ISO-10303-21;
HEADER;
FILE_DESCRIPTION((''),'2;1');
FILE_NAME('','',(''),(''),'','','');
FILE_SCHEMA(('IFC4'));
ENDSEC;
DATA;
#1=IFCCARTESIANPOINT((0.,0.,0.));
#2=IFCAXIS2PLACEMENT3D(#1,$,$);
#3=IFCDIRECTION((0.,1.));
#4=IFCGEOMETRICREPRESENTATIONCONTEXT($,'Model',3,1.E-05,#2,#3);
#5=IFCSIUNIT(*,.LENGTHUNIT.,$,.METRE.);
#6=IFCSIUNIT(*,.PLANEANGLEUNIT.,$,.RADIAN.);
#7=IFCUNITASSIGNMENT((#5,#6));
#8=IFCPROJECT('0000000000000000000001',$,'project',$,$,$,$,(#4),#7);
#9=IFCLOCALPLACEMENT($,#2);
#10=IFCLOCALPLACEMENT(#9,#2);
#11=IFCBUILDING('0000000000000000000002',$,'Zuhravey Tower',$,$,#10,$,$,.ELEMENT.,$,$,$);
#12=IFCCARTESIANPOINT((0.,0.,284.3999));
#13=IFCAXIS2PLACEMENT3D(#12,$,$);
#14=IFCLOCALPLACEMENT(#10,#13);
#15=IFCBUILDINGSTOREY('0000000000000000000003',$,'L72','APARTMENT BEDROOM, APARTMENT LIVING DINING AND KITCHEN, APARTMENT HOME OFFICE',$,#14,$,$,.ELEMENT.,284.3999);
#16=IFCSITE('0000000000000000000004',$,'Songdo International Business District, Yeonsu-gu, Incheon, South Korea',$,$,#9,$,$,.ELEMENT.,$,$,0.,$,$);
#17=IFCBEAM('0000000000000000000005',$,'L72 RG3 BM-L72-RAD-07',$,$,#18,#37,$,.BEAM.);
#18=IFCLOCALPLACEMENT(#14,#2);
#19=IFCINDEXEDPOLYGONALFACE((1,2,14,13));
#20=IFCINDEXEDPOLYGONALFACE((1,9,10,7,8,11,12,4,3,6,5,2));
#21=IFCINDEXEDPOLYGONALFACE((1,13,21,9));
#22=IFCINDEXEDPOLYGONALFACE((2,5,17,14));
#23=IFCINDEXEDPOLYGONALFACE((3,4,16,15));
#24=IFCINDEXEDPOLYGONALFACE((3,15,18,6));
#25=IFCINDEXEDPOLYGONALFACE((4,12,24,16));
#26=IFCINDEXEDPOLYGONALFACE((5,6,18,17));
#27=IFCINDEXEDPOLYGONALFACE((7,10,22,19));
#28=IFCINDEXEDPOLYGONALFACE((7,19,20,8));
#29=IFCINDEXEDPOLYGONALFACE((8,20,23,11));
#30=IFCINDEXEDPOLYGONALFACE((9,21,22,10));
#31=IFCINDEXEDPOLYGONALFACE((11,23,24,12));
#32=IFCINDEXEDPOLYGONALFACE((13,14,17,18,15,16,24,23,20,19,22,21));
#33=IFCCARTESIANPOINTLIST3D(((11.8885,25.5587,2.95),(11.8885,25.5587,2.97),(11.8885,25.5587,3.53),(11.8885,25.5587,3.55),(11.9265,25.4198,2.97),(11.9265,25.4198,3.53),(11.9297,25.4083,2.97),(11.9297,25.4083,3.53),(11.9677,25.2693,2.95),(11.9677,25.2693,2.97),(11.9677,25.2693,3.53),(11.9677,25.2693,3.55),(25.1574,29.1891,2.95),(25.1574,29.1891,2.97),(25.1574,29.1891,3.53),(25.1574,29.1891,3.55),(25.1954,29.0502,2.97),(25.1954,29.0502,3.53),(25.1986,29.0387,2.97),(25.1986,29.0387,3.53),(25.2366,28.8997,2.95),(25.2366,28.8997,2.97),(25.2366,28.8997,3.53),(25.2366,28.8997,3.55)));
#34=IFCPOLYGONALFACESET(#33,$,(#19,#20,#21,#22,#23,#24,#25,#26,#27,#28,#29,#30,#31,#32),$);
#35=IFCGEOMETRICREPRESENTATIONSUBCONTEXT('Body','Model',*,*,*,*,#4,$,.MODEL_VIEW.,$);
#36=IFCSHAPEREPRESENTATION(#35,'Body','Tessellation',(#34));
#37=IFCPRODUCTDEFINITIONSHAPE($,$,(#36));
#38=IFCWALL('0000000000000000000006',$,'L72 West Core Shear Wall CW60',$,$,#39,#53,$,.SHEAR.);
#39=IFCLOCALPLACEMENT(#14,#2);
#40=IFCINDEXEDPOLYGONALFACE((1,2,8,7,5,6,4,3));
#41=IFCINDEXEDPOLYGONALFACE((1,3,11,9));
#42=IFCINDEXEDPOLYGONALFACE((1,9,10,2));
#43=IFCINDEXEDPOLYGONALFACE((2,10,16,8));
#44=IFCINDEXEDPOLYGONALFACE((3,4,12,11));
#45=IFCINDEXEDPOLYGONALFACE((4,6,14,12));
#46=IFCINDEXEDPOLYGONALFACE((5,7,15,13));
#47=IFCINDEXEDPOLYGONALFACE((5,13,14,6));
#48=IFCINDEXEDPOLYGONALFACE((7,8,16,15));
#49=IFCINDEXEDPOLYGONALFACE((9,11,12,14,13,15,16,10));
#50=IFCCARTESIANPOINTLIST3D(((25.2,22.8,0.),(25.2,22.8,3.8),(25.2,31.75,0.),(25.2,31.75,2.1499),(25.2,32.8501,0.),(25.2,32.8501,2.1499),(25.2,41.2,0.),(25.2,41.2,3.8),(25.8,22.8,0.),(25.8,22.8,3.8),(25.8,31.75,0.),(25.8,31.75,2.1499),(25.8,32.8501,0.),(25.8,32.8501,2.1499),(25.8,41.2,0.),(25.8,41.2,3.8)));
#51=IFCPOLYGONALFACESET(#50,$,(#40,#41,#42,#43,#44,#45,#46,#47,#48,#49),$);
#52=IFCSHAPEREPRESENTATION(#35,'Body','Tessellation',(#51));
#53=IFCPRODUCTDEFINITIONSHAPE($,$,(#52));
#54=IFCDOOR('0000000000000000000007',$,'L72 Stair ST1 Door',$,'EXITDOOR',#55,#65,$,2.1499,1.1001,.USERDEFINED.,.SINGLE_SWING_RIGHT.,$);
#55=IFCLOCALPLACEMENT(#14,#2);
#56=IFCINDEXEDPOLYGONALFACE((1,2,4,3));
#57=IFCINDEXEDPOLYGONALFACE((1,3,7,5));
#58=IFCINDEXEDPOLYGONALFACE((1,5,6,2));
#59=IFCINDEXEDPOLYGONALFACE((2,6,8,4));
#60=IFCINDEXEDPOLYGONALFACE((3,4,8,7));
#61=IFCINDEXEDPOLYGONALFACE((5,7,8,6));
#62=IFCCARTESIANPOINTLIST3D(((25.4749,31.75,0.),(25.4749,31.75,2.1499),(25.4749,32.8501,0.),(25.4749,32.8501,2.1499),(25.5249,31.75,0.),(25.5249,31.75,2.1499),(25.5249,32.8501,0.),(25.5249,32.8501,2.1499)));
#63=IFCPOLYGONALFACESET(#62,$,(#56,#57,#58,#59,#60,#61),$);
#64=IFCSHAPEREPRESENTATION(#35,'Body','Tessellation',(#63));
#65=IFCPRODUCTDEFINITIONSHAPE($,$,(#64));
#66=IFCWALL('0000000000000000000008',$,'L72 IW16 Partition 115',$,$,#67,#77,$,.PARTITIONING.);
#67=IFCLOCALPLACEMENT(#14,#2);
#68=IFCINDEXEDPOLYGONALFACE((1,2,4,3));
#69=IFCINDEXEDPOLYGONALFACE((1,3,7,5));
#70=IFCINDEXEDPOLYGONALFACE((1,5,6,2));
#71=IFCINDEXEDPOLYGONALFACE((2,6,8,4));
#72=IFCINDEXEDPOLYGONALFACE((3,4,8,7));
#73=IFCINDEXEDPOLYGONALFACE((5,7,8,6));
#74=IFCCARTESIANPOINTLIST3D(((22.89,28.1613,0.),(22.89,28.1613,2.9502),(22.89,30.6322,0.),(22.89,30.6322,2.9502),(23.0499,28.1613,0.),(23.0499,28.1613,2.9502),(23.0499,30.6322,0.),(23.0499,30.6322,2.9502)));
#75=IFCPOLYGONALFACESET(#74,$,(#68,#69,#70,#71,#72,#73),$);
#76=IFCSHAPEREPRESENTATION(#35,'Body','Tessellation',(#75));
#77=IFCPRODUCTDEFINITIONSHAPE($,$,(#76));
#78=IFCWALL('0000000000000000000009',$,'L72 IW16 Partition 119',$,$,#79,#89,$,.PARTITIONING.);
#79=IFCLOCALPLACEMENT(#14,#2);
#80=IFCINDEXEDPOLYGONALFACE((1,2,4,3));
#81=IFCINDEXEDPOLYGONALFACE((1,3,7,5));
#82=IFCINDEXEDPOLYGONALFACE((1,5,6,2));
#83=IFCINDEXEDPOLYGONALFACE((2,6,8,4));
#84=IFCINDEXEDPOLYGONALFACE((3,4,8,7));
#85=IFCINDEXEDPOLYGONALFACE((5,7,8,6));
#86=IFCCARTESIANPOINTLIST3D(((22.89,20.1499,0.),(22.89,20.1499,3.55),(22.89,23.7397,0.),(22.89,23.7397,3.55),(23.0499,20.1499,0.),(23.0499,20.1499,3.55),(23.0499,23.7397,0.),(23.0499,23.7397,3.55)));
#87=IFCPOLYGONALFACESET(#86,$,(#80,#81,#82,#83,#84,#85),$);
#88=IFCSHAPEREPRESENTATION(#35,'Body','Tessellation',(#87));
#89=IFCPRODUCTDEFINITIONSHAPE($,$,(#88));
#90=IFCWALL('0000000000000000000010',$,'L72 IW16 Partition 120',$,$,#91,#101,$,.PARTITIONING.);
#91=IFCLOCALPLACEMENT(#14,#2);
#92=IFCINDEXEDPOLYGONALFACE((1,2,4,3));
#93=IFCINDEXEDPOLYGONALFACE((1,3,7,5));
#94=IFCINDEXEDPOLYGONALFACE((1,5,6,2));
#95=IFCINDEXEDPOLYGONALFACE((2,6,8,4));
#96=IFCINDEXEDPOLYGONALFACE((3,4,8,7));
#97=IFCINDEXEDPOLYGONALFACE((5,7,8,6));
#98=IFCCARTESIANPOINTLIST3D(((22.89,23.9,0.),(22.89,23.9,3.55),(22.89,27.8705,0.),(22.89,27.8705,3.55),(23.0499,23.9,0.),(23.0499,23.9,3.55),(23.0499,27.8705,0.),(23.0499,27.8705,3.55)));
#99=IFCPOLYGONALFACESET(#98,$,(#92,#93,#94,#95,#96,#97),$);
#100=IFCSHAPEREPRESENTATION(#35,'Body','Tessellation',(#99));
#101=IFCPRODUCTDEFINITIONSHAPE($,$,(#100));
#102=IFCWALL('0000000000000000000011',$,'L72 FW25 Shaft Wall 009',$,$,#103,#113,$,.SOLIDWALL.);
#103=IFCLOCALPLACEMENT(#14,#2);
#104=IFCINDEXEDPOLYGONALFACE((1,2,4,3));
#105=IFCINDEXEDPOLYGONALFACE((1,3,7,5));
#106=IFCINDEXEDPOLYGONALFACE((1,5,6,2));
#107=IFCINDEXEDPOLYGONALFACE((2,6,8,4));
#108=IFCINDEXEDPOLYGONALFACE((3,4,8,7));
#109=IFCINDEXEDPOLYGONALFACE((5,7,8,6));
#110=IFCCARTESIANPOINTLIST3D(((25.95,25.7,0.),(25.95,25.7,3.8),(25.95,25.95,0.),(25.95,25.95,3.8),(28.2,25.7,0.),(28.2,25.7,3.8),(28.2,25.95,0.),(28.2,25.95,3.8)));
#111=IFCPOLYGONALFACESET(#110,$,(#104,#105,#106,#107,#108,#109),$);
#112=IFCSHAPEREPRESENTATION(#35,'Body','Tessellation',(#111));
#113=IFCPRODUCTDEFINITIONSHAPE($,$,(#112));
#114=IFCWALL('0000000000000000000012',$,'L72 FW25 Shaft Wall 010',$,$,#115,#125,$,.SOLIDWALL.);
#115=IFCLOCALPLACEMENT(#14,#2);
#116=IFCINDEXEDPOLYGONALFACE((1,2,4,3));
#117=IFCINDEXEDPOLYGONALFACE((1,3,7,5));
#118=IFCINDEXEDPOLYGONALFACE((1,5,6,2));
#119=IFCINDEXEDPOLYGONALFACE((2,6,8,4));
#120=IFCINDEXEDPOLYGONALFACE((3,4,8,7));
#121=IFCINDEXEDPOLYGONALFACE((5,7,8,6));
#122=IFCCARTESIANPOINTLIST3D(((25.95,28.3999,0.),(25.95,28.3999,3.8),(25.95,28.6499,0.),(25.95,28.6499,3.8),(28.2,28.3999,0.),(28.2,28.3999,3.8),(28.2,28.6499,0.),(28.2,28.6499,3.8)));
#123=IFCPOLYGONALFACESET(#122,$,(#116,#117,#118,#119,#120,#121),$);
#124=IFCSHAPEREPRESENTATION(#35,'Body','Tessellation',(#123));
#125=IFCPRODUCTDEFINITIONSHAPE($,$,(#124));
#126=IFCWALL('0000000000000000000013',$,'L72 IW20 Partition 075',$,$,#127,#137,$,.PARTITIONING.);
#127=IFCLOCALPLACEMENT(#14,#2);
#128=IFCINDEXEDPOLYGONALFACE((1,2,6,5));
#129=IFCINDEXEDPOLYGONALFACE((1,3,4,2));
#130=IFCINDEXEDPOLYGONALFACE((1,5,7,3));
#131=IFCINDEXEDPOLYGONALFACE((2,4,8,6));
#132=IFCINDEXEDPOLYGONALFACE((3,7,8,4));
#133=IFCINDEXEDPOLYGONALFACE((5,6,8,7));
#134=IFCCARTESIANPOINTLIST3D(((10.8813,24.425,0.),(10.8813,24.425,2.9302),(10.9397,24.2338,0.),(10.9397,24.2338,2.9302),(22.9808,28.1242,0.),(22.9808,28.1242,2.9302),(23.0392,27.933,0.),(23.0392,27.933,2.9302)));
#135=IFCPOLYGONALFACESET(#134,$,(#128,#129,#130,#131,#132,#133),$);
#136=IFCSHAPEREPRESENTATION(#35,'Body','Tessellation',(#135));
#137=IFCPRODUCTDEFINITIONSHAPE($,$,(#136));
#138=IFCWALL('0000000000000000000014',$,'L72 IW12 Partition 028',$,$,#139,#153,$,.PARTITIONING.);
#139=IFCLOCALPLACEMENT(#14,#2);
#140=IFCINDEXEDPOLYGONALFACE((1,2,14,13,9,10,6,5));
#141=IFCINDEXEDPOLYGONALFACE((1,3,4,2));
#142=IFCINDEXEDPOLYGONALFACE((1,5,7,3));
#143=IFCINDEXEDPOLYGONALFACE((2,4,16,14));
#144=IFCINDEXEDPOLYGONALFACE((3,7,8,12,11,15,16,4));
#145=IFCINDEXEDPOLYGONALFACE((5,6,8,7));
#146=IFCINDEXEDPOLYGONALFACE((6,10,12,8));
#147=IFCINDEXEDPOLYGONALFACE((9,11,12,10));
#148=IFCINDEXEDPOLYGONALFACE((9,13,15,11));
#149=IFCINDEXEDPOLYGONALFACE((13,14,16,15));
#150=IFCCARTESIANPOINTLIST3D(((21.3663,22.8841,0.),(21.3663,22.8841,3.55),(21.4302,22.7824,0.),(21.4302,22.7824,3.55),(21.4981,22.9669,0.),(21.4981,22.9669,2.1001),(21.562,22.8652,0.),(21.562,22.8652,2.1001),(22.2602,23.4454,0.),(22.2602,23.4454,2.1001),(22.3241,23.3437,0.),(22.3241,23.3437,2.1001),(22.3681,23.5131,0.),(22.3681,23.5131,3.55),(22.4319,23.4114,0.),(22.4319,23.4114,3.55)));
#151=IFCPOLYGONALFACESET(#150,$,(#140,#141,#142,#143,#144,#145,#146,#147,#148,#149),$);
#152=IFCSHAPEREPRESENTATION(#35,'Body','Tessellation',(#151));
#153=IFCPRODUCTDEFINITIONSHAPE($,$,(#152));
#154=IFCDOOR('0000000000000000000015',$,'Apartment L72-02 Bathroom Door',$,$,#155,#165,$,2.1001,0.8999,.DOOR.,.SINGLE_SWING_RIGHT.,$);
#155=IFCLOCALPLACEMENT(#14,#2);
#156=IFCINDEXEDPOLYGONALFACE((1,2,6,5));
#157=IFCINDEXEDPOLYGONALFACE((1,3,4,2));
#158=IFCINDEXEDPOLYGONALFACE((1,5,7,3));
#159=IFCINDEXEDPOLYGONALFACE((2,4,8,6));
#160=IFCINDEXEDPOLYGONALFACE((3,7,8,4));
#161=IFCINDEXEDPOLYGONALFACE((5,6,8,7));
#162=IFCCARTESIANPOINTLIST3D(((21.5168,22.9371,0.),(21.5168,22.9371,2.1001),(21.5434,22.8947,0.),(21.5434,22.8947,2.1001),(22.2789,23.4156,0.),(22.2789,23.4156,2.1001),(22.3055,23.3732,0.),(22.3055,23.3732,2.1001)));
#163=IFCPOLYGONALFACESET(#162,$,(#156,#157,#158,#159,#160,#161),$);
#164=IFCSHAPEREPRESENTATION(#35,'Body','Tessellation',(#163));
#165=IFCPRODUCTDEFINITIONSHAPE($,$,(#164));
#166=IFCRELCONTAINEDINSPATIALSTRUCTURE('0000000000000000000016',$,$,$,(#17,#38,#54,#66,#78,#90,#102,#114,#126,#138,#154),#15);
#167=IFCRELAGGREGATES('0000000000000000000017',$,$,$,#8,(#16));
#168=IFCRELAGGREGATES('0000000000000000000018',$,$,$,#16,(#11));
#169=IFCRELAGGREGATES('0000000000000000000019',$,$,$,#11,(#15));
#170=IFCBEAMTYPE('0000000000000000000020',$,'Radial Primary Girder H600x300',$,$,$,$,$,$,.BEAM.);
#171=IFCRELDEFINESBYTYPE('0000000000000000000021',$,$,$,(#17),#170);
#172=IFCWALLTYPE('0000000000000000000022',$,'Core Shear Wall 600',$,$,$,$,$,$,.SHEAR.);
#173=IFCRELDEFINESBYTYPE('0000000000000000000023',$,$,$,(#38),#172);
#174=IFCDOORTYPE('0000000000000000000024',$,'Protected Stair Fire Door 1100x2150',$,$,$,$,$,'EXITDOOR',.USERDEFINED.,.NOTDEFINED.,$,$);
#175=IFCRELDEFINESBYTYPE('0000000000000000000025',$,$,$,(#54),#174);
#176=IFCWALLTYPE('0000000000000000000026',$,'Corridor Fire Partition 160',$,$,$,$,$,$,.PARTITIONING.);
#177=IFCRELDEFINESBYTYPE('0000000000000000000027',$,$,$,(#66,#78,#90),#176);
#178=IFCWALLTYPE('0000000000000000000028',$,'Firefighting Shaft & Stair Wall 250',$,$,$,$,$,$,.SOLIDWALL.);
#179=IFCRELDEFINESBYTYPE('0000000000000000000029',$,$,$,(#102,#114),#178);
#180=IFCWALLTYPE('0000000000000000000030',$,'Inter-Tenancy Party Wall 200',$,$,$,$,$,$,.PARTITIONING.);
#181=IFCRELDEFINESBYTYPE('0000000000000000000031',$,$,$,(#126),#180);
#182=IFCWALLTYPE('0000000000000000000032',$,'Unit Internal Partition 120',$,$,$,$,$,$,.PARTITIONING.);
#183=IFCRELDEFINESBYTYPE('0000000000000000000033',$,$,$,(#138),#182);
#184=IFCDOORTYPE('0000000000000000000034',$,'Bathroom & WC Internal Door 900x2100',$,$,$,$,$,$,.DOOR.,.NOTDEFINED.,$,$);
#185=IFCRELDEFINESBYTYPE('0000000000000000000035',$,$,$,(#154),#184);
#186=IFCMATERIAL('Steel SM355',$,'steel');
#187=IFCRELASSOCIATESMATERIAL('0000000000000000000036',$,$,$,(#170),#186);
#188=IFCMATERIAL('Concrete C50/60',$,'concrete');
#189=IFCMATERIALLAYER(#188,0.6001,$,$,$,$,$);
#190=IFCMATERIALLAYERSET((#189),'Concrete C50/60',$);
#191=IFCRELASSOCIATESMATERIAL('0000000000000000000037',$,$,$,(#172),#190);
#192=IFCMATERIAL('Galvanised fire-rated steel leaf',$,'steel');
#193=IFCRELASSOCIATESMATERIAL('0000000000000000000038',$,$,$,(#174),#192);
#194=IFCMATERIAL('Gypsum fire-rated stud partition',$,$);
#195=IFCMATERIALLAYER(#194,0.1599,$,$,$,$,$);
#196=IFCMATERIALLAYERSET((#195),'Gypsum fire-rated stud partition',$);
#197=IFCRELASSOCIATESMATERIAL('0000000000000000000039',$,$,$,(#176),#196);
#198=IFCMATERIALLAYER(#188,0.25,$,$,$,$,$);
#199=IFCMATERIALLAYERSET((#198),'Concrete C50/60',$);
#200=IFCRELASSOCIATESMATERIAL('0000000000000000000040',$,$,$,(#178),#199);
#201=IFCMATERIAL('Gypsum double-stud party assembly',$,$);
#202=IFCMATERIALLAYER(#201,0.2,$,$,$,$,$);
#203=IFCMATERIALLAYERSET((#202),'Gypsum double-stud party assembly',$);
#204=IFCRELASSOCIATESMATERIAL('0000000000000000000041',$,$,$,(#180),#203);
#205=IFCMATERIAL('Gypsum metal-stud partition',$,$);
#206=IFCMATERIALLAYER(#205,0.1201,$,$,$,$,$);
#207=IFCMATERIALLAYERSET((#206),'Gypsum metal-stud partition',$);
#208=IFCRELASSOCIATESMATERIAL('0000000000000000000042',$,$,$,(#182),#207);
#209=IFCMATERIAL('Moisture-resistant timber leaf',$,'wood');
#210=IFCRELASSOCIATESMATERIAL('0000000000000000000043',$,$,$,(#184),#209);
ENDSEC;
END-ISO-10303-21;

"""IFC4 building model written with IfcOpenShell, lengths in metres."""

from ifc_helpers import new_model, si_unit, direction, frame, frame_2d, origin, origin_2d, place, context, subcontext, project, spatial, rectangle, i_section, extrude, material, layer, layer_set, material_profile, profile_set, type_object, element, fill, save


model = new_model("IFC4")

# Units and contexts
model_context = context("Model", 3, precision=1e-05, world=origin(), true_north=direction((0.0, 1.0)))
body_context = subcontext(model_context, "Body", "Model", "MODEL_VIEW")
ifc_project = project(units=[si_unit("LENGTHUNIT", "METRE"), si_unit("PLANEANGLEUNIT", "RADIAN")], contexts=[model_context])

# Site, building, storey
site_placement = place(None, origin())
site = spatial("IfcSite", under=ifc_project, at=site_placement, Name="Songdo International Business District, Yeonsu-gu, Incheon, South Korea", CompositionType="ELEMENT", RefElevation=0.0)
building_placement = place(site_placement, origin())
building = spatial("IfcBuilding", under=site, at=building_placement, Name="Zuhravey Tower", CompositionType="ELEMENT")
storey_placement = place(building_placement, frame((0.0, 0.0, 284.3999)))
storey = spatial("IfcBuildingStorey", under=building, at=storey_placement, Name="L72", Description="APARTMENT BEDROOM, APARTMENT LIVING DINING AND KITCHEN, APARTMENT HOME OFFICE", CompositionType="ELEMENT", Elevation=284.3999)

# Beam
ifc_material_1 = material(Name="Steel SM355", Category="steel")
ifc_material_profile = material_profile(ifc_material_1, i_section(OverallWidth=0.3, OverallDepth=0.6001, WebThickness=0.012, FlangeThickness=0.02, at=origin_2d()), Name="H-600x300x12x20")
ifc_profile_set = profile_set([ifc_material_profile], Name="Steel SM355")
beam_type = type_object("IfcBeamType", Name="Radial Primary Girder H600x300", PredefinedType="BEAM", material=ifc_profile_set)
beam_placement = place(storey_placement, frame((25.197, 29.0444, 3.25), z_axis=(-0.964549, -0.263903, 0.0), x_axis=(0.263903, -0.964549, 0.0)))
element("IfcBeam", 1, at=beam_placement, inside=storey, type_object=beam_type, Name="L72 RG3 BM-L72-RAD-07", PredefinedType="BEAM", context=body_context, shape_type="SweptSolid", body=[
    extrude(i_section(OverallWidth=0.3, OverallDepth=0.6001, WebThickness=0.012, FlangeThickness=0.02, at=origin_2d()), origin(), (0.0, 0.0, 1.0), 13.7566),
])

# Wall, opening, door
ifc_material_2 = material(Name="Concrete C50/60", Category="concrete")
ifc_layer_1 = layer(ifc_material_2, 0.6001)
ifc_layer_set_1 = layer_set([ifc_layer_1], Name="Concrete C50/60")
wall_type_1 = type_object("IfcWallType", Name="Core Shear Wall 600", PredefinedType="SHEAR", material=ifc_layer_set_1)
ifc_material_3 = material(Name="Galvanised fire-rated steel leaf", Category="steel")
wall_1_placement = place(storey_placement, frame((25.5, 22.8, 0.0), z_axis=(0.0, 0.0, 1.0), x_axis=(0.0, 1.0, 0.0)))
wall_1 = element("IfcWall", 2, at=wall_1_placement, inside=storey, type_object=wall_type_1, Name="L72 West Core Shear Wall CW60", PredefinedType="SHEAR", context=body_context, shape_type="SweptSolid", body=[
    extrude(rectangle(XDim=18.3999, YDim=0.6001, at=frame_2d((9.2, 0.0))), origin(), (0.0, 0.0, 1.0), 3.8),
])
opening_1_placement = place(wall_1_placement, frame((8.95, 0.0, 0.0)))
opening_1 = element("IfcOpeningElement", 3, at=opening_1_placement, cuts=wall_1, PredefinedType="OPENING", context=body_context, shape_type="SweptSolid", body=[
    extrude(rectangle(XDim=1.1001, YDim=2.1499, at=frame_2d((0.55, 1.075))), frame((0.0, 0.312, 0.0), z_axis=(0.0, -1.0, 0.0), x_axis=(1.0, 0.0, 0.0)), (0.0, 0.0, 1.0), 0.624),
])
door_type_1 = type_object("IfcDoorType", Name="Protected Stair Fire Door 1100x2150", ElementType="EXITDOOR", OperationType="NOTDEFINED", PredefinedType="USERDEFINED", material=ifc_material_3)
door_1_placement = place(opening_1_placement, frame((1.1001, 0.0, 0.0), z_axis=(0.0, 0.0, 1.0), x_axis=(-1.0, 0.0, 0.0)))
door_1 = element("IfcDoor", 4, at=door_1_placement, inside=storey, type_object=door_type_1, Name="L72 Stair ST1 Door", ObjectType="EXITDOOR", OperationType="SINGLE_SWING_RIGHT", OverallHeight=2.1499, OverallWidth=1.1001, PredefinedType="USERDEFINED", context=body_context, shape_type="SweptSolid", body=[
    extrude(rectangle(XDim=1.1001, YDim=2.1499, at=frame_2d((0.55, 1.075))), frame((0.0, 0.0249, 0.0), z_axis=(0.0, -1.0, 0.0), x_axis=(1.0, 0.0, 0.0)), (0.0, 0.0, 1.0), 0.05),
])
fill(opening_1, door_1)

# Walls
ifc_material_4 = material(Name="Gypsum fire-rated stud partition")
ifc_layer_2 = layer(ifc_material_4, 0.1599)
ifc_layer_set_2 = layer_set([ifc_layer_2], Name="Gypsum fire-rated stud partition")
wall_type_2 = type_object("IfcWallType", Name="Corridor Fire Partition 160", PredefinedType="PARTITIONING", material=ifc_layer_set_2)
wall_2_placement = place(storey_placement, frame((22.97, 30.6321, 0.0), z_axis=(0.0, 0.0, 1.0), x_axis=(0.0, -1.0, 0.0)))
element("IfcWall", 5, at=wall_2_placement, inside=storey, type_object=wall_type_2, Name="L72 IW16 Partition 115", PredefinedType="PARTITIONING", context=body_context, shape_type="SweptSolid", body=[
    extrude(rectangle(XDim=2.4709, YDim=0.1599, at=frame_2d((1.2354, 0.0))), origin(), (0.0, 0.0, 1.0), 2.9502),
])
wall_3_placement = place(storey_placement, frame((22.97, 23.7397, 0.0), z_axis=(0.0, 0.0, 1.0), x_axis=(0.0, -1.0, 0.0)))
element("IfcWall", 6, at=wall_3_placement, inside=storey, type_object=wall_type_2, Name="L72 IW16 Partition 119", PredefinedType="PARTITIONING", context=body_context, shape_type="SweptSolid", body=[
    extrude(rectangle(XDim=3.5898, YDim=0.1599, at=frame_2d((1.7949, 0.0))), origin(), (0.0, 0.0, 1.0), 3.55),
])
wall_4_placement = place(storey_placement, frame((22.97, 27.8706, 0.0), z_axis=(0.0, 0.0, 1.0), x_axis=(0.0, -1.0, 0.0)))
element("IfcWall", 7, at=wall_4_placement, inside=storey, type_object=wall_type_2, Name="L72 IW16 Partition 120", PredefinedType="PARTITIONING", context=body_context, shape_type="SweptSolid", body=[
    extrude(rectangle(XDim=3.9705, YDim=0.1599, at=frame_2d((1.9854, 0.0))), origin(), (0.0, 0.0, 1.0), 3.55),
])
ifc_layer_3 = layer(ifc_material_2, 0.25)
ifc_layer_set_3 = layer_set([ifc_layer_3], Name="Concrete C50/60")
wall_type_3 = type_object("IfcWallType", Name="Firefighting Shaft & Stair Wall 250", PredefinedType="SOLIDWALL", material=ifc_layer_set_3)
for number, where, z_axis, x_axis, name in (
    (8, (25.95, 25.825, 0.0), (0.0, 0.0, 1.0), (1.0, 0.0, 0.0), "L72 FW25 Shaft Wall 009"),
    (9, (25.95, 28.5249, 0.0), (0.0, 0.0, 1.0), (1.0, 0.0, 0.0), "L72 FW25 Shaft Wall 010"),
):
    element("IfcWall", number, at=place(storey_placement, frame(where, z_axis=z_axis, x_axis=x_axis)), inside=storey, type_object=wall_type_3, Name=name, PredefinedType="SOLIDWALL", context=body_context, shape_type="SweptSolid", body=[
        extrude(rectangle(XDim=2.25, YDim=0.25, at=frame_2d((1.125, 0.0))), origin(), (0.0, 0.0, 1.0), 3.8),
    ])
ifc_material_5 = material(Name="Gypsum double-stud party assembly")
ifc_layer_4 = layer(ifc_material_5, 0.2)
ifc_layer_set_4 = layer_set([ifc_layer_4], Name="Gypsum double-stud party assembly")
wall_type_4 = type_object("IfcWallType", Name="Inter-Tenancy Party Wall 200", PredefinedType="PARTITIONING", material=ifc_layer_set_4)
wall_5_placement = place(storey_placement, frame((23.01, 28.0286, 0.0), z_axis=(0.0, 0.0, 1.0), x_axis=(-0.956305, -0.292371, 0.0)))
element("IfcWall", 10, at=wall_5_placement, inside=storey, type_object=wall_type_4, Name="L72 IW20 Partition 075", PredefinedType="PARTITIONING", context=body_context, shape_type="SweptSolid", body=[
    extrude(rectangle(XDim=12.6523, YDim=0.2, at=frame_2d((6.3262, 0.0))), origin(), (0.0, 0.0, 1.0), 2.9302),
])

# Wall, opening, door
ifc_material_6 = material(Name="Gypsum metal-stud partition")
ifc_layer_5 = layer(ifc_material_6, 0.1201)
ifc_layer_set_5 = layer_set([ifc_layer_5], Name="Gypsum metal-stud partition")
wall_type_5 = type_object("IfcWallType", Name="Unit Internal Partition 120", PredefinedType="PARTITIONING", material=ifc_layer_set_5)
wall_6_placement = place(storey_placement, frame((22.3999, 23.4622, 0.0), z_axis=(0.0, 0.0, 1.0), x_axis=(-0.846918, -0.531723, 0.0)))
wall_6 = element("IfcWall", 11, at=wall_6_placement, inside=storey, type_object=wall_type_5, Name="L72 IW12 Partition 028", PredefinedType="PARTITIONING", context=body_context, shape_type="SweptSolid", body=[
    extrude(rectangle(XDim=1.1829, YDim=0.1201, at=frame_2d((0.5913, 0.0))), origin(), (0.0, 0.0, 1.0), 3.55),
])
opening_2_placement = place(wall_6_placement, frame((0.1272, 0.0, 0.0)))
opening_2 = element("IfcOpeningElement", 12, at=opening_2_placement, cuts=wall_6, PredefinedType="OPENING", context=body_context, shape_type="SweptSolid", body=[
    extrude(rectangle(XDim=0.8999, YDim=2.1001, at=frame_2d((0.45, 1.05))), frame((0.0, 0.072, 0.0), z_axis=(0.0, -1.0, 0.0), x_axis=(1.0, 0.0, 0.0)), (0.0, 0.0, 1.0), 0.144),
])
ifc_material_7 = material(Name="Moisture-resistant timber leaf", Category="wood")
door_type_2 = type_object("IfcDoorType", Name="Bathroom & WC Internal Door 900x2100", OperationType="NOTDEFINED", PredefinedType="DOOR", material=ifc_material_7)
door_2_placement = place(opening_2_placement, frame((0.8999, 0.0, 0.0), z_axis=(0.0, 0.0, 1.0), x_axis=(-1.0, 0.0, 0.0)))
door_2 = element("IfcDoor", 13, at=door_2_placement, inside=storey, type_object=door_type_2, Name="Apartment L72-02 Bathroom Door", OperationType="SINGLE_SWING_RIGHT", OverallHeight=2.1001, OverallWidth=0.8999, PredefinedType="DOOR", context=body_context, shape_type="SweptSolid", body=[
    extrude(rectangle(XDim=0.8999, YDim=2.1001, at=frame_2d((0.45, 1.05))), frame((0.0, 0.0249, 0.0), z_axis=(0.0, -1.0, 0.0), x_axis=(1.0, 0.0, 0.0)), (0.0, 0.0, 1.0), 0.05),
])
fill(opening_2, door_2)

save(model, "model.ifc")
